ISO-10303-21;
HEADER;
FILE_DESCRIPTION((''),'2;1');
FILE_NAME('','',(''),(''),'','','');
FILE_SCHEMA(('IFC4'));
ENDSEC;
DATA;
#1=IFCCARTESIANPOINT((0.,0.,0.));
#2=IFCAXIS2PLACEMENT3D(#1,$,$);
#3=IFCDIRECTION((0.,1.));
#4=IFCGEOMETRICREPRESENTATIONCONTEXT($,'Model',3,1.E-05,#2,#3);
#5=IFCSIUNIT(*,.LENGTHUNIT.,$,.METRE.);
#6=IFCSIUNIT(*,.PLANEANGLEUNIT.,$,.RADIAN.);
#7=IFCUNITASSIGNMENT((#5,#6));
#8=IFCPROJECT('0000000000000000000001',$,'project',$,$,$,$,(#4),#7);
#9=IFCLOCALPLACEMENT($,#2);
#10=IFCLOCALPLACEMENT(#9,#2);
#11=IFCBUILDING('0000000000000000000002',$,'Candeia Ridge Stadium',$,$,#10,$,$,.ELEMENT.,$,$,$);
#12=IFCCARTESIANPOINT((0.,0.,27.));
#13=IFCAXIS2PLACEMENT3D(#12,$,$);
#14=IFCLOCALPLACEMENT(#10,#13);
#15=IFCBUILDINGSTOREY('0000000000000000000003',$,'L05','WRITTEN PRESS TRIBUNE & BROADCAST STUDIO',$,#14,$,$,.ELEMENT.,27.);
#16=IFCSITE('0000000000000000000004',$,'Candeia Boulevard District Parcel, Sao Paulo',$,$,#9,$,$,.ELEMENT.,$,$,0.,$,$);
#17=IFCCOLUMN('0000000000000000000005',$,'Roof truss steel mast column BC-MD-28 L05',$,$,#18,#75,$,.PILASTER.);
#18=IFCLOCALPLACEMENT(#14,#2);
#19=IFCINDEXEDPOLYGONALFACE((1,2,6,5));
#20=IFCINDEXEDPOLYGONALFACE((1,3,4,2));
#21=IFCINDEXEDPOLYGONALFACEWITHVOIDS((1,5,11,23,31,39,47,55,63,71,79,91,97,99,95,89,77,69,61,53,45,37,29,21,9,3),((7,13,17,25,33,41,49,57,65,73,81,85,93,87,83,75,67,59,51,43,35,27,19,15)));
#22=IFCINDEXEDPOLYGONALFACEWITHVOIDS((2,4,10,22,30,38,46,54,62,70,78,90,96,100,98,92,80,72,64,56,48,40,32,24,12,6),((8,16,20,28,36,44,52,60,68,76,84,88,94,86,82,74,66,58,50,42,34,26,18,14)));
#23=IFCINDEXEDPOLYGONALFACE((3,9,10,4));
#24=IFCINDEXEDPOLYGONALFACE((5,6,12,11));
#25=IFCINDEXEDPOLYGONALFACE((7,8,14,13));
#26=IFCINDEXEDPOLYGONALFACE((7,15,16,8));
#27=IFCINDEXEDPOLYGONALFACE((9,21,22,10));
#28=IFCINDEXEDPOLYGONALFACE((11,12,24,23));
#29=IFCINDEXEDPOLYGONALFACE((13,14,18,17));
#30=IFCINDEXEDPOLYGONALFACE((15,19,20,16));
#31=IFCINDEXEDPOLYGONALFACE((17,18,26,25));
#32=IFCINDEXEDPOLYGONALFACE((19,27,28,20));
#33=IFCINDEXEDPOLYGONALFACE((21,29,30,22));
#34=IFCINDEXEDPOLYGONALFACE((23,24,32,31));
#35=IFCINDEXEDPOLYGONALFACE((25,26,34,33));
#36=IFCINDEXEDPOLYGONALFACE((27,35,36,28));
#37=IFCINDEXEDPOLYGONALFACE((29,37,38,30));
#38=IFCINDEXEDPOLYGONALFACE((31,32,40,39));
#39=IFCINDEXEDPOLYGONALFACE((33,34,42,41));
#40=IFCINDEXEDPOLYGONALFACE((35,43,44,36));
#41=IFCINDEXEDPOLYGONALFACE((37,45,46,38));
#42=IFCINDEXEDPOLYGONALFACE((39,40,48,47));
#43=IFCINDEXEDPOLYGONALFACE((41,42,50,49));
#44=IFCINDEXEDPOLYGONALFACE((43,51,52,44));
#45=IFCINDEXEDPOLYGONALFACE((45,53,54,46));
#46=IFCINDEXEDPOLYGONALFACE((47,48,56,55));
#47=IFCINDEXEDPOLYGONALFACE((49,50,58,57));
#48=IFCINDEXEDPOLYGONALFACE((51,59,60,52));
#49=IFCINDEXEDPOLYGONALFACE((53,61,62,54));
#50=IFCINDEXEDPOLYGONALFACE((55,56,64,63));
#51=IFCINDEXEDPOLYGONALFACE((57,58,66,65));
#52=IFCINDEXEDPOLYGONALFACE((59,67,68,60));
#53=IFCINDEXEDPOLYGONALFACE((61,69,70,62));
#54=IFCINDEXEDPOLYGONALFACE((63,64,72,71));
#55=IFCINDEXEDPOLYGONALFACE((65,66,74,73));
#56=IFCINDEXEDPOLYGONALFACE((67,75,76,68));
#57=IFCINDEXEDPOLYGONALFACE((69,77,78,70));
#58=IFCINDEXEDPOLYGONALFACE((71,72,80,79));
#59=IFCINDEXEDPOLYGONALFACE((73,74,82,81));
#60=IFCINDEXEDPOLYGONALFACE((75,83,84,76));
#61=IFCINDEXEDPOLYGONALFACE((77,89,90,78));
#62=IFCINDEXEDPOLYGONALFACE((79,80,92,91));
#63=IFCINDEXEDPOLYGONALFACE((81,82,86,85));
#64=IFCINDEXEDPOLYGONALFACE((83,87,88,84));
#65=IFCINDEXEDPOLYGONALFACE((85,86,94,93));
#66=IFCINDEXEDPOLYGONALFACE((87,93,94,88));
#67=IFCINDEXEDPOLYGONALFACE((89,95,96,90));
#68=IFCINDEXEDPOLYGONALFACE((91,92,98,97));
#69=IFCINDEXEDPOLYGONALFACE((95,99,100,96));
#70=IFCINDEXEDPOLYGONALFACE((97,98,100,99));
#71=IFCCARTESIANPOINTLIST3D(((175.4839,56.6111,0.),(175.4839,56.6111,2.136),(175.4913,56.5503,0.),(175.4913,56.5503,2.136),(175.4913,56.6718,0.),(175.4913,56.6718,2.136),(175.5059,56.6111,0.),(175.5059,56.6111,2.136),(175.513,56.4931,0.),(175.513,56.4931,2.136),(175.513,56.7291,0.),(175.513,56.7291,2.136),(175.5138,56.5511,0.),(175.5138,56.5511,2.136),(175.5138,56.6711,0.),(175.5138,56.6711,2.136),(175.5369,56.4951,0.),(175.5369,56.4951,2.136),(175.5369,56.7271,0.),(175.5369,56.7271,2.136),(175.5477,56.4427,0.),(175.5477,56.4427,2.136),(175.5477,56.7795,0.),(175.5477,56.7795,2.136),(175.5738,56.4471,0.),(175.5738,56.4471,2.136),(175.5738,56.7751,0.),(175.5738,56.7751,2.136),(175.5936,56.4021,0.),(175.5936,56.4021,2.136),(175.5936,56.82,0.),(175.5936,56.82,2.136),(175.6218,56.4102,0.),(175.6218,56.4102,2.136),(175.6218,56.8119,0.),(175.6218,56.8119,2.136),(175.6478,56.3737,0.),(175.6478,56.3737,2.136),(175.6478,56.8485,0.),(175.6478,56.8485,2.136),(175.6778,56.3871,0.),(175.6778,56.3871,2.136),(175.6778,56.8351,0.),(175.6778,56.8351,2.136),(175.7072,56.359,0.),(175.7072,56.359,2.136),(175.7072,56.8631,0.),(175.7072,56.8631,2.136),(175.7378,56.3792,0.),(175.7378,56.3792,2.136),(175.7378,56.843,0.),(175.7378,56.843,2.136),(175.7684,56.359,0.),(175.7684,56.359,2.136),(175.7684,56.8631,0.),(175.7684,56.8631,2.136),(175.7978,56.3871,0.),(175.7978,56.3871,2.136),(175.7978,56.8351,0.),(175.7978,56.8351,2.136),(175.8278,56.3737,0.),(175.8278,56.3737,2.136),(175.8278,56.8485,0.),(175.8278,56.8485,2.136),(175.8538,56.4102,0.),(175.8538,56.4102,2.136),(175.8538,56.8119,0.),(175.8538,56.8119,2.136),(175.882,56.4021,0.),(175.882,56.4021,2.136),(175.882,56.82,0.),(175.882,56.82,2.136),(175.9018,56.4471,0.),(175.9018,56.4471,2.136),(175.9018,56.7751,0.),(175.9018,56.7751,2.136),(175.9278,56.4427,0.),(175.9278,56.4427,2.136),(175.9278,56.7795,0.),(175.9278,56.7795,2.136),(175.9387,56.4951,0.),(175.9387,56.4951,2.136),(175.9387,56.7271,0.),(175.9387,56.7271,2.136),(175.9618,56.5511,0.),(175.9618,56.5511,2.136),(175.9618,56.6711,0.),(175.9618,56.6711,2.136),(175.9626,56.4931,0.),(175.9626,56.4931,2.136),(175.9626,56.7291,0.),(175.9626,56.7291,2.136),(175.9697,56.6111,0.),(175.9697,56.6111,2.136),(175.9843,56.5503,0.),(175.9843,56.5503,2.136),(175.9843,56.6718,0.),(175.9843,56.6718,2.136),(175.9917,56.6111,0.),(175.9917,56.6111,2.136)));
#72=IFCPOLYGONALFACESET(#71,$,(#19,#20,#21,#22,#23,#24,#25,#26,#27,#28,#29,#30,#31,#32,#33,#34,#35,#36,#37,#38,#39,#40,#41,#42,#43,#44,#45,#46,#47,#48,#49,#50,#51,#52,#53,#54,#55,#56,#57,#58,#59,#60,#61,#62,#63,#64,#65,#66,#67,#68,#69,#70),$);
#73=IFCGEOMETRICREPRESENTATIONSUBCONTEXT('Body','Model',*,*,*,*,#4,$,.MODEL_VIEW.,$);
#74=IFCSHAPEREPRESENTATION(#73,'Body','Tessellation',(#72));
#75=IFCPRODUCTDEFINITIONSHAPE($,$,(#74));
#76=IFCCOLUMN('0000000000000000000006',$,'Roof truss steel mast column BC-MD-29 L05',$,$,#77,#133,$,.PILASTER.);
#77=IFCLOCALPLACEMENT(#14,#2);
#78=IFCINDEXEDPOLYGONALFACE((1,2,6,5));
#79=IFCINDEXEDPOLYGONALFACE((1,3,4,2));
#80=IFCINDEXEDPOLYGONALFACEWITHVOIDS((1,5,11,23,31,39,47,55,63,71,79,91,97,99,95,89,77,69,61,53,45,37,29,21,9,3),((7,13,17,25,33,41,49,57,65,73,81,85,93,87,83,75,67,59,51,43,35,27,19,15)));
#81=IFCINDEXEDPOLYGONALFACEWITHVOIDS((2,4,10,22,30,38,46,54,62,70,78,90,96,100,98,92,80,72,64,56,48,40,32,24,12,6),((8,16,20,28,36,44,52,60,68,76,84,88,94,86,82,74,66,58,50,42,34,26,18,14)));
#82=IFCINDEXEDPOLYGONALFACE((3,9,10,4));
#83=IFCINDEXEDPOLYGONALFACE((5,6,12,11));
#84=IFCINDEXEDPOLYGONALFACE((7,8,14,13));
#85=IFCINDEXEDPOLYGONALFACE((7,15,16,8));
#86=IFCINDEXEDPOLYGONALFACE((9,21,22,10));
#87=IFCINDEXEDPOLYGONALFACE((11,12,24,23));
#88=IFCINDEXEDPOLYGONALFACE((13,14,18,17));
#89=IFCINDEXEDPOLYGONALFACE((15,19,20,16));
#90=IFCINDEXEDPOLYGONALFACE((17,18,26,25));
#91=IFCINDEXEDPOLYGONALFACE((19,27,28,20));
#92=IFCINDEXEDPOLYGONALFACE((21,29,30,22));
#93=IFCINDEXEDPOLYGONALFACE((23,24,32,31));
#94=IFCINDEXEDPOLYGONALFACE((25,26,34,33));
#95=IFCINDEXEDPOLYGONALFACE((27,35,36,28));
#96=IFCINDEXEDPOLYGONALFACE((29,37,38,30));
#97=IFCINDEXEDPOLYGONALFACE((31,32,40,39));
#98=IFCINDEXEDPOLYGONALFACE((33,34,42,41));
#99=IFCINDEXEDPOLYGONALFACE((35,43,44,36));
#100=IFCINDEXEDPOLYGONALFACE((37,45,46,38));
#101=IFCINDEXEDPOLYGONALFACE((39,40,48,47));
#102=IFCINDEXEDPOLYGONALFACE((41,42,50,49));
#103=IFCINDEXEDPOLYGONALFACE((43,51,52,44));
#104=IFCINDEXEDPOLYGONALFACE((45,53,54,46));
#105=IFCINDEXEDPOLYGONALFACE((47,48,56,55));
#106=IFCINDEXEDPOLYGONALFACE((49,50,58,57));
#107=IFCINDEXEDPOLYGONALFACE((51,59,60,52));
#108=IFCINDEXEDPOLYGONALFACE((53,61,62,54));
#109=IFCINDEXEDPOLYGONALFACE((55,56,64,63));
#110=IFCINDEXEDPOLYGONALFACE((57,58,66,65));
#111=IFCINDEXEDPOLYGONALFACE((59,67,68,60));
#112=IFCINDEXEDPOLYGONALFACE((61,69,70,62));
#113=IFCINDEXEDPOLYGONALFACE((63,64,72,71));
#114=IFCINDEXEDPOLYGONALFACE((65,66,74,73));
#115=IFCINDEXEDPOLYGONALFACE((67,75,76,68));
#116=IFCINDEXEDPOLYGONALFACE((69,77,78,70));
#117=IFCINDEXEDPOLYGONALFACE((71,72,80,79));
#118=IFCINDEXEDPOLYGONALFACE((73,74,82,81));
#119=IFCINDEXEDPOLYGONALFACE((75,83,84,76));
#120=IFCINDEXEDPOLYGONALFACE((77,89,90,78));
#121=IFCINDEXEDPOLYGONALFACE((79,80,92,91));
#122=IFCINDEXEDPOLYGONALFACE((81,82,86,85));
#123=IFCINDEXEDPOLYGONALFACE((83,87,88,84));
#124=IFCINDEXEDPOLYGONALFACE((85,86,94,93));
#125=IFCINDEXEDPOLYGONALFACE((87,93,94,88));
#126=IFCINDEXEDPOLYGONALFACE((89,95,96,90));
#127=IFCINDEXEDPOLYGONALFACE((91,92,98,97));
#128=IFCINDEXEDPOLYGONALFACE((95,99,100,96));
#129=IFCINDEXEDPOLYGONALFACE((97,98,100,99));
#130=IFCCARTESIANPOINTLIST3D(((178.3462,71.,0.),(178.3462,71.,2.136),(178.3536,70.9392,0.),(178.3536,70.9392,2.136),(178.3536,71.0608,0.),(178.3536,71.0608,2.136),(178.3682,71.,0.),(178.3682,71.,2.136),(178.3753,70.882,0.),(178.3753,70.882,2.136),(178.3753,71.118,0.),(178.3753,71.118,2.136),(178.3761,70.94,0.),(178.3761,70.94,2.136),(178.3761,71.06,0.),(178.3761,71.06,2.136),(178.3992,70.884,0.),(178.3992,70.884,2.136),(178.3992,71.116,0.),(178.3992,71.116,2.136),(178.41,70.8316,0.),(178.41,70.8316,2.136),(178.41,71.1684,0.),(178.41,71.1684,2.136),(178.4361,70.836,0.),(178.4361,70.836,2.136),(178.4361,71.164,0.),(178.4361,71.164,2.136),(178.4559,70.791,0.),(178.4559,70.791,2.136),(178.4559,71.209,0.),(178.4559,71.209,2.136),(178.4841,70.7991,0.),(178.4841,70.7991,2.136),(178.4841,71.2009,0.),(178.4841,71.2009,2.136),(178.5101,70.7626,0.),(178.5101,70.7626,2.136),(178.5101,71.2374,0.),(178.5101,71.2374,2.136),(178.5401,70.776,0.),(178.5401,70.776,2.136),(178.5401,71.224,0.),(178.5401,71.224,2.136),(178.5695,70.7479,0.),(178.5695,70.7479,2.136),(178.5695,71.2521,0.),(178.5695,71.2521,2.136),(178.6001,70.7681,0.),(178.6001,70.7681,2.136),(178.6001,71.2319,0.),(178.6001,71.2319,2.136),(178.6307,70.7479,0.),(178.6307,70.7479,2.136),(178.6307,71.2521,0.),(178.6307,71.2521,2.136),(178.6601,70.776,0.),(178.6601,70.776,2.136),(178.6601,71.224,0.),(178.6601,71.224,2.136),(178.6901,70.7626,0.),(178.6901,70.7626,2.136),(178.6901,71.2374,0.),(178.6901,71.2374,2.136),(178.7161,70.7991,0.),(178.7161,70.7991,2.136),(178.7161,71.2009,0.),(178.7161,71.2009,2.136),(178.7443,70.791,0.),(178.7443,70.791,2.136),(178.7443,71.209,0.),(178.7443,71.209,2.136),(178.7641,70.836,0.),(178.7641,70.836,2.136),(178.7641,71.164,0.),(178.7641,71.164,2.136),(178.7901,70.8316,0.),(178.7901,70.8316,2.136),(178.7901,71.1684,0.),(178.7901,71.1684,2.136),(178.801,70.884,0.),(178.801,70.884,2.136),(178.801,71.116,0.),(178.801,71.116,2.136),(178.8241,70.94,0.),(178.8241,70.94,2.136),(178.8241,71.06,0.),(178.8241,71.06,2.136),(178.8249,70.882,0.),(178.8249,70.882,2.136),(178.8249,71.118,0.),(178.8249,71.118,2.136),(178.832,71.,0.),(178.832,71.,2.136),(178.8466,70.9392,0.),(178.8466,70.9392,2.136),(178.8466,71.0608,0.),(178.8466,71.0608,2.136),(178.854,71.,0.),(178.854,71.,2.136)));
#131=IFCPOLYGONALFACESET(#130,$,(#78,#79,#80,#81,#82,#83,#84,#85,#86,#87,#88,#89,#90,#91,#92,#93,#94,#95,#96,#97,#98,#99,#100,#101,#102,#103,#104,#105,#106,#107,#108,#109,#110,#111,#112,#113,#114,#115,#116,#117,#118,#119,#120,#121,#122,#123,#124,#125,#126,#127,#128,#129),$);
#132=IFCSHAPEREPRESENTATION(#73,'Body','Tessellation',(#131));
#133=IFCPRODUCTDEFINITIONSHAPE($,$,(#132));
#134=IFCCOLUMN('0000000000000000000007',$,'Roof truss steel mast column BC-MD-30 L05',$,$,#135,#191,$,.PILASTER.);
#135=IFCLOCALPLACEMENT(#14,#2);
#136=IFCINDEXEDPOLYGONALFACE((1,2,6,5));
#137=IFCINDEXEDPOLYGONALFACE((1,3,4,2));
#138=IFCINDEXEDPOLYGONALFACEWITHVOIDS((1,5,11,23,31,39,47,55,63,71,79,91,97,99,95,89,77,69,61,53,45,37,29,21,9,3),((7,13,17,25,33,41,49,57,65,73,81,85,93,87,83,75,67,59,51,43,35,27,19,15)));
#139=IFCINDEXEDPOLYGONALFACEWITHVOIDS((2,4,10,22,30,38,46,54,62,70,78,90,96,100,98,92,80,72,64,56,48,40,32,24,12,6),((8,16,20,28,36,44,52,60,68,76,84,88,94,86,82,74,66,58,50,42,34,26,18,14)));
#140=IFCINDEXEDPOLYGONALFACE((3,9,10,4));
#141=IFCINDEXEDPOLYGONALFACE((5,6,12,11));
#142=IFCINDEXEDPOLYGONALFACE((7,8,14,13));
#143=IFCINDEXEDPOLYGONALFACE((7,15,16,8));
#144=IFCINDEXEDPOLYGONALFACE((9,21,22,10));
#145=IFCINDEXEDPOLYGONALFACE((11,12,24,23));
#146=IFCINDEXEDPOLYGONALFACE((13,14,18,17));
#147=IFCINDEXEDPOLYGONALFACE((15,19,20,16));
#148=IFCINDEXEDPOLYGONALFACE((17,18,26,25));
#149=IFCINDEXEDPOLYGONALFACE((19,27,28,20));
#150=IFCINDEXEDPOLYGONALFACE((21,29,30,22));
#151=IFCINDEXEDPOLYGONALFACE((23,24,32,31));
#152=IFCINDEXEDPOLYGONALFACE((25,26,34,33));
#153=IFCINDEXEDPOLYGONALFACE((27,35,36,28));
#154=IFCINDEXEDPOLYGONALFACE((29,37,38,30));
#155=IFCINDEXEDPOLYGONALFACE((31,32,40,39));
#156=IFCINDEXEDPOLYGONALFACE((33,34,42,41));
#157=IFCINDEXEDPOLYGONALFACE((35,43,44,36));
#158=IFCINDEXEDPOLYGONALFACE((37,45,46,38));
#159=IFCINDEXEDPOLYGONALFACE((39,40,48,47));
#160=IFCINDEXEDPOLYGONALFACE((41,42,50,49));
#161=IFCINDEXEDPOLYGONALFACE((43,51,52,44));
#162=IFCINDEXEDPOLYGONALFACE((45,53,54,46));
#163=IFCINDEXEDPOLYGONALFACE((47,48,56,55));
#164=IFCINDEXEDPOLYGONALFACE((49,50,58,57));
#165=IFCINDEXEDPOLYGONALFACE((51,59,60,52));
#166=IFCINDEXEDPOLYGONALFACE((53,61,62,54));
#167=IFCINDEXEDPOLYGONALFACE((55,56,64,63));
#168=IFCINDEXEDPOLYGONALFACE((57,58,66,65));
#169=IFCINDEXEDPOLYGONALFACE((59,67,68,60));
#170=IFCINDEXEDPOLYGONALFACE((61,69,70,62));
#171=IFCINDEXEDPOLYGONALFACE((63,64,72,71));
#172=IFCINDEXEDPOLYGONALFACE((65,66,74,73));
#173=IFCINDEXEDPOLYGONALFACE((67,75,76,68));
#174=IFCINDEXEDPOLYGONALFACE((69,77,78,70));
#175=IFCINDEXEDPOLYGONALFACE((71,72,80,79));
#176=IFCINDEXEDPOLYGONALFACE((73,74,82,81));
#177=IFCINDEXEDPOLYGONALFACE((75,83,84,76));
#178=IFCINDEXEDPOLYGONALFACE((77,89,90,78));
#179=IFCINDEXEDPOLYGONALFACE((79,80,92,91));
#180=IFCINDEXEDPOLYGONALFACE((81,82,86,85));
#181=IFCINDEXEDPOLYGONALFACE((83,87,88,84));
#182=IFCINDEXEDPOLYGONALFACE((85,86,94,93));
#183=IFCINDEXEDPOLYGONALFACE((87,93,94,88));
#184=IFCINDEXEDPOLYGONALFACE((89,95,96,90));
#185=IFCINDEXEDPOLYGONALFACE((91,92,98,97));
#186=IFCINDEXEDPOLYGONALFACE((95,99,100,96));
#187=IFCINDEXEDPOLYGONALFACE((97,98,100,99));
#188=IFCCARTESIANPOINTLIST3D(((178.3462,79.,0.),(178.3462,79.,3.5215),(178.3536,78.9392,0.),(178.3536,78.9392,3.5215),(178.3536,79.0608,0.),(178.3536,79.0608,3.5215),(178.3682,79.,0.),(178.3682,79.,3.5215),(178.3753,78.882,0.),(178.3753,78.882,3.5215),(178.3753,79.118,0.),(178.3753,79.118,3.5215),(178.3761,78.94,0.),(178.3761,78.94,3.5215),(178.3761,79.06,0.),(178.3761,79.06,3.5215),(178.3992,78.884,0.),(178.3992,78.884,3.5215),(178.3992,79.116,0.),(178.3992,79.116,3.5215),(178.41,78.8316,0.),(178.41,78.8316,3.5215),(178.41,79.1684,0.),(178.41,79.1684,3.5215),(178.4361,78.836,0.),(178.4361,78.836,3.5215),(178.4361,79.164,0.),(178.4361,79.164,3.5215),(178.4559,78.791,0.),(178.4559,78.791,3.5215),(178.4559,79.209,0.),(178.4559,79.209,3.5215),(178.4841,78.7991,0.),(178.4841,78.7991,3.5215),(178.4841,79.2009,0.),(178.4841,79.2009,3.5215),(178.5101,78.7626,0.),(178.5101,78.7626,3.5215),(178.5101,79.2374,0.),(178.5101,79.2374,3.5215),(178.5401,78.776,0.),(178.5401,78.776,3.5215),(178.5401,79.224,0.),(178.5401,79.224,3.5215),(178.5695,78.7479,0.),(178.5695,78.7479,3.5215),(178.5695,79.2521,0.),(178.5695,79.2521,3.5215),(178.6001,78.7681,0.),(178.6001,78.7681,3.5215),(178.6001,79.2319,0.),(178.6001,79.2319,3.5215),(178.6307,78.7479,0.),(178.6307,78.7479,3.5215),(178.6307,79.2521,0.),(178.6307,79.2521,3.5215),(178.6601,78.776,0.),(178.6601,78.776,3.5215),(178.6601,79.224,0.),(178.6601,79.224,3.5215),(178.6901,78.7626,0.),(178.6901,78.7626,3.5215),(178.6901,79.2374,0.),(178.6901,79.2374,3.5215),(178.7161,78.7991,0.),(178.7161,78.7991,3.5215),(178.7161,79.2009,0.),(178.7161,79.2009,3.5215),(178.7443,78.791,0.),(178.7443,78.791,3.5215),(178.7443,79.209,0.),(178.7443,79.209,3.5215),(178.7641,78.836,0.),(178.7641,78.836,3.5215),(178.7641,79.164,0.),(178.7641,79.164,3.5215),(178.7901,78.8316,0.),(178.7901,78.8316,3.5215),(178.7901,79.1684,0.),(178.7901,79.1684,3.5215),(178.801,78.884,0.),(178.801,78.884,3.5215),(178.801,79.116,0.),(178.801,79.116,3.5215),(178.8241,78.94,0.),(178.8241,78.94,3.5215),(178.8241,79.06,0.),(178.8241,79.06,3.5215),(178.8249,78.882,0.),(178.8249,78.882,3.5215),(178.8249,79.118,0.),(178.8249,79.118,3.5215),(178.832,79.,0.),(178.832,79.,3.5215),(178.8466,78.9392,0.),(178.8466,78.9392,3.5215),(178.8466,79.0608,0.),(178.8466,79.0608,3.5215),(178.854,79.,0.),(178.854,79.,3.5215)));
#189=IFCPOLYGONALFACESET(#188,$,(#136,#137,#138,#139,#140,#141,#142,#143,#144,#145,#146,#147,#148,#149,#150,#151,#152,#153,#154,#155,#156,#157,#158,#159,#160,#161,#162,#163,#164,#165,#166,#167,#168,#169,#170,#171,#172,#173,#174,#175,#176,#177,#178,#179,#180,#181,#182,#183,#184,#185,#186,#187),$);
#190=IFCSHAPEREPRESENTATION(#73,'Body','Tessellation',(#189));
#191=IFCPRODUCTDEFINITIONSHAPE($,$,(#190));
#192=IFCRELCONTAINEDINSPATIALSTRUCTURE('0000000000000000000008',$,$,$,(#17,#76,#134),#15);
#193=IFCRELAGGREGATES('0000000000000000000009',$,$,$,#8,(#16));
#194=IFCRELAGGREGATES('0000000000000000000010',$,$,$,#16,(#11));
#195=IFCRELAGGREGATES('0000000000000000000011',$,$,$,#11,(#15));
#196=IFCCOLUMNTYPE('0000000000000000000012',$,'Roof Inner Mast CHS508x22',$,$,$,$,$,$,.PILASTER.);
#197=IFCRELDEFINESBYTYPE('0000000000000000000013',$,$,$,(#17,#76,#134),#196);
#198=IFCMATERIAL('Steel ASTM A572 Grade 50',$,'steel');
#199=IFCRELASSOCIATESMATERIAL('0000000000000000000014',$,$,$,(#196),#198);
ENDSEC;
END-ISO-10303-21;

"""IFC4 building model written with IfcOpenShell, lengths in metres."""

from ifc_helpers import new_model, si_unit, direction, frame, origin, origin_2d, place, context, subcontext, project, spatial, hollow_circle, extrude, material, material_profile, profile_set, type_object, element, save


model = new_model("IFC4")

# Units and contexts
model_context = context("Model", 3, precision=1e-05, world=origin(), true_north=direction((0.0, 1.0)))
body_context = subcontext(model_context, "Body", "Model", "MODEL_VIEW")
ifc_project = project(units=[si_unit("LENGTHUNIT", "METRE"), si_unit("PLANEANGLEUNIT", "RADIAN")], contexts=[model_context])

# Site, building, storey
site_placement = place(None, origin())
site = spatial("IfcSite", under=ifc_project, at=site_placement, Name="Candeia Boulevard District Parcel, Sao Paulo", CompositionType="ELEMENT", RefElevation=0.0)
building_placement = place(site_placement, origin())
building = spatial("IfcBuilding", under=site, at=building_placement, Name="Candeia Ridge Stadium", CompositionType="ELEMENT")
storey_placement = place(building_placement, frame((0.0, 0.0, 27.0)))
storey = spatial("IfcBuildingStorey", under=building, at=storey_placement, Name="L05", Description="WRITTEN PRESS TRIBUNE & BROADCAST STUDIO", CompositionType="ELEMENT", Elevation=27.0)

# Columns
ifc_material_1 = material(Name="Steel ASTM A572 Grade 50", Category="steel")
ifc_material_profile_1 = material_profile(ifc_material_1, hollow_circle(Radius=0.2539, WallThickness=0.022, at=origin_2d()), Name="CHS508x22", Category="steel")
ifc_profile_set_1 = profile_set([ifc_material_profile_1], Name="Steel ASTM A572 Grade 50")
column_type_1 = type_object("IfcColumnType", Name="Roof Inner Mast CHS508x22", PredefinedType="PILASTER", material=ifc_profile_set_1)
for number, where, z_axis, x_axis, name in (
    (1, (175.7378, 56.6111, 0.0), (0.0, 0.0, 1.0), (1.0, 0.0, 0.0), "Roof truss steel mast column BC-MD-28 L05"),
    (2, (178.6001, 71.0, 0.0), (0.0, 0.0, 1.0), (1.0, 0.0, 0.0), "Roof truss steel mast column BC-MD-29 L05"),
):
    element("IfcColumn", number, at=place(storey_placement, frame(where, z_axis=z_axis, x_axis=x_axis)), inside=storey, type_object=column_type_1, Name=name, PredefinedType="PILASTER", context=body_context, shape_type="SweptSolid", body=[
        extrude(hollow_circle(Radius=0.2539, WallThickness=0.022, at=origin_2d()), origin(), (0.0, 0.0, 1.0), 2.136),
    ])
column_placement = place(storey_placement, frame((178.6001, 79.0, 0.0), z_axis=(0.0, 0.0, 1.0), x_axis=(1.0, 0.0, 0.0)))
element("IfcColumn", 3, at=column_placement, inside=storey, type_object=column_type_1, Name="Roof truss steel mast column BC-MD-30 L05", PredefinedType="PILASTER", context=body_context, shape_type="SweptSolid", body=[
    extrude(hollow_circle(Radius=0.2539, WallThickness=0.022, at=origin_2d()), origin(), (0.0, 0.0, 1.0), 3.5215),
])

save(model, "model.ifc")
